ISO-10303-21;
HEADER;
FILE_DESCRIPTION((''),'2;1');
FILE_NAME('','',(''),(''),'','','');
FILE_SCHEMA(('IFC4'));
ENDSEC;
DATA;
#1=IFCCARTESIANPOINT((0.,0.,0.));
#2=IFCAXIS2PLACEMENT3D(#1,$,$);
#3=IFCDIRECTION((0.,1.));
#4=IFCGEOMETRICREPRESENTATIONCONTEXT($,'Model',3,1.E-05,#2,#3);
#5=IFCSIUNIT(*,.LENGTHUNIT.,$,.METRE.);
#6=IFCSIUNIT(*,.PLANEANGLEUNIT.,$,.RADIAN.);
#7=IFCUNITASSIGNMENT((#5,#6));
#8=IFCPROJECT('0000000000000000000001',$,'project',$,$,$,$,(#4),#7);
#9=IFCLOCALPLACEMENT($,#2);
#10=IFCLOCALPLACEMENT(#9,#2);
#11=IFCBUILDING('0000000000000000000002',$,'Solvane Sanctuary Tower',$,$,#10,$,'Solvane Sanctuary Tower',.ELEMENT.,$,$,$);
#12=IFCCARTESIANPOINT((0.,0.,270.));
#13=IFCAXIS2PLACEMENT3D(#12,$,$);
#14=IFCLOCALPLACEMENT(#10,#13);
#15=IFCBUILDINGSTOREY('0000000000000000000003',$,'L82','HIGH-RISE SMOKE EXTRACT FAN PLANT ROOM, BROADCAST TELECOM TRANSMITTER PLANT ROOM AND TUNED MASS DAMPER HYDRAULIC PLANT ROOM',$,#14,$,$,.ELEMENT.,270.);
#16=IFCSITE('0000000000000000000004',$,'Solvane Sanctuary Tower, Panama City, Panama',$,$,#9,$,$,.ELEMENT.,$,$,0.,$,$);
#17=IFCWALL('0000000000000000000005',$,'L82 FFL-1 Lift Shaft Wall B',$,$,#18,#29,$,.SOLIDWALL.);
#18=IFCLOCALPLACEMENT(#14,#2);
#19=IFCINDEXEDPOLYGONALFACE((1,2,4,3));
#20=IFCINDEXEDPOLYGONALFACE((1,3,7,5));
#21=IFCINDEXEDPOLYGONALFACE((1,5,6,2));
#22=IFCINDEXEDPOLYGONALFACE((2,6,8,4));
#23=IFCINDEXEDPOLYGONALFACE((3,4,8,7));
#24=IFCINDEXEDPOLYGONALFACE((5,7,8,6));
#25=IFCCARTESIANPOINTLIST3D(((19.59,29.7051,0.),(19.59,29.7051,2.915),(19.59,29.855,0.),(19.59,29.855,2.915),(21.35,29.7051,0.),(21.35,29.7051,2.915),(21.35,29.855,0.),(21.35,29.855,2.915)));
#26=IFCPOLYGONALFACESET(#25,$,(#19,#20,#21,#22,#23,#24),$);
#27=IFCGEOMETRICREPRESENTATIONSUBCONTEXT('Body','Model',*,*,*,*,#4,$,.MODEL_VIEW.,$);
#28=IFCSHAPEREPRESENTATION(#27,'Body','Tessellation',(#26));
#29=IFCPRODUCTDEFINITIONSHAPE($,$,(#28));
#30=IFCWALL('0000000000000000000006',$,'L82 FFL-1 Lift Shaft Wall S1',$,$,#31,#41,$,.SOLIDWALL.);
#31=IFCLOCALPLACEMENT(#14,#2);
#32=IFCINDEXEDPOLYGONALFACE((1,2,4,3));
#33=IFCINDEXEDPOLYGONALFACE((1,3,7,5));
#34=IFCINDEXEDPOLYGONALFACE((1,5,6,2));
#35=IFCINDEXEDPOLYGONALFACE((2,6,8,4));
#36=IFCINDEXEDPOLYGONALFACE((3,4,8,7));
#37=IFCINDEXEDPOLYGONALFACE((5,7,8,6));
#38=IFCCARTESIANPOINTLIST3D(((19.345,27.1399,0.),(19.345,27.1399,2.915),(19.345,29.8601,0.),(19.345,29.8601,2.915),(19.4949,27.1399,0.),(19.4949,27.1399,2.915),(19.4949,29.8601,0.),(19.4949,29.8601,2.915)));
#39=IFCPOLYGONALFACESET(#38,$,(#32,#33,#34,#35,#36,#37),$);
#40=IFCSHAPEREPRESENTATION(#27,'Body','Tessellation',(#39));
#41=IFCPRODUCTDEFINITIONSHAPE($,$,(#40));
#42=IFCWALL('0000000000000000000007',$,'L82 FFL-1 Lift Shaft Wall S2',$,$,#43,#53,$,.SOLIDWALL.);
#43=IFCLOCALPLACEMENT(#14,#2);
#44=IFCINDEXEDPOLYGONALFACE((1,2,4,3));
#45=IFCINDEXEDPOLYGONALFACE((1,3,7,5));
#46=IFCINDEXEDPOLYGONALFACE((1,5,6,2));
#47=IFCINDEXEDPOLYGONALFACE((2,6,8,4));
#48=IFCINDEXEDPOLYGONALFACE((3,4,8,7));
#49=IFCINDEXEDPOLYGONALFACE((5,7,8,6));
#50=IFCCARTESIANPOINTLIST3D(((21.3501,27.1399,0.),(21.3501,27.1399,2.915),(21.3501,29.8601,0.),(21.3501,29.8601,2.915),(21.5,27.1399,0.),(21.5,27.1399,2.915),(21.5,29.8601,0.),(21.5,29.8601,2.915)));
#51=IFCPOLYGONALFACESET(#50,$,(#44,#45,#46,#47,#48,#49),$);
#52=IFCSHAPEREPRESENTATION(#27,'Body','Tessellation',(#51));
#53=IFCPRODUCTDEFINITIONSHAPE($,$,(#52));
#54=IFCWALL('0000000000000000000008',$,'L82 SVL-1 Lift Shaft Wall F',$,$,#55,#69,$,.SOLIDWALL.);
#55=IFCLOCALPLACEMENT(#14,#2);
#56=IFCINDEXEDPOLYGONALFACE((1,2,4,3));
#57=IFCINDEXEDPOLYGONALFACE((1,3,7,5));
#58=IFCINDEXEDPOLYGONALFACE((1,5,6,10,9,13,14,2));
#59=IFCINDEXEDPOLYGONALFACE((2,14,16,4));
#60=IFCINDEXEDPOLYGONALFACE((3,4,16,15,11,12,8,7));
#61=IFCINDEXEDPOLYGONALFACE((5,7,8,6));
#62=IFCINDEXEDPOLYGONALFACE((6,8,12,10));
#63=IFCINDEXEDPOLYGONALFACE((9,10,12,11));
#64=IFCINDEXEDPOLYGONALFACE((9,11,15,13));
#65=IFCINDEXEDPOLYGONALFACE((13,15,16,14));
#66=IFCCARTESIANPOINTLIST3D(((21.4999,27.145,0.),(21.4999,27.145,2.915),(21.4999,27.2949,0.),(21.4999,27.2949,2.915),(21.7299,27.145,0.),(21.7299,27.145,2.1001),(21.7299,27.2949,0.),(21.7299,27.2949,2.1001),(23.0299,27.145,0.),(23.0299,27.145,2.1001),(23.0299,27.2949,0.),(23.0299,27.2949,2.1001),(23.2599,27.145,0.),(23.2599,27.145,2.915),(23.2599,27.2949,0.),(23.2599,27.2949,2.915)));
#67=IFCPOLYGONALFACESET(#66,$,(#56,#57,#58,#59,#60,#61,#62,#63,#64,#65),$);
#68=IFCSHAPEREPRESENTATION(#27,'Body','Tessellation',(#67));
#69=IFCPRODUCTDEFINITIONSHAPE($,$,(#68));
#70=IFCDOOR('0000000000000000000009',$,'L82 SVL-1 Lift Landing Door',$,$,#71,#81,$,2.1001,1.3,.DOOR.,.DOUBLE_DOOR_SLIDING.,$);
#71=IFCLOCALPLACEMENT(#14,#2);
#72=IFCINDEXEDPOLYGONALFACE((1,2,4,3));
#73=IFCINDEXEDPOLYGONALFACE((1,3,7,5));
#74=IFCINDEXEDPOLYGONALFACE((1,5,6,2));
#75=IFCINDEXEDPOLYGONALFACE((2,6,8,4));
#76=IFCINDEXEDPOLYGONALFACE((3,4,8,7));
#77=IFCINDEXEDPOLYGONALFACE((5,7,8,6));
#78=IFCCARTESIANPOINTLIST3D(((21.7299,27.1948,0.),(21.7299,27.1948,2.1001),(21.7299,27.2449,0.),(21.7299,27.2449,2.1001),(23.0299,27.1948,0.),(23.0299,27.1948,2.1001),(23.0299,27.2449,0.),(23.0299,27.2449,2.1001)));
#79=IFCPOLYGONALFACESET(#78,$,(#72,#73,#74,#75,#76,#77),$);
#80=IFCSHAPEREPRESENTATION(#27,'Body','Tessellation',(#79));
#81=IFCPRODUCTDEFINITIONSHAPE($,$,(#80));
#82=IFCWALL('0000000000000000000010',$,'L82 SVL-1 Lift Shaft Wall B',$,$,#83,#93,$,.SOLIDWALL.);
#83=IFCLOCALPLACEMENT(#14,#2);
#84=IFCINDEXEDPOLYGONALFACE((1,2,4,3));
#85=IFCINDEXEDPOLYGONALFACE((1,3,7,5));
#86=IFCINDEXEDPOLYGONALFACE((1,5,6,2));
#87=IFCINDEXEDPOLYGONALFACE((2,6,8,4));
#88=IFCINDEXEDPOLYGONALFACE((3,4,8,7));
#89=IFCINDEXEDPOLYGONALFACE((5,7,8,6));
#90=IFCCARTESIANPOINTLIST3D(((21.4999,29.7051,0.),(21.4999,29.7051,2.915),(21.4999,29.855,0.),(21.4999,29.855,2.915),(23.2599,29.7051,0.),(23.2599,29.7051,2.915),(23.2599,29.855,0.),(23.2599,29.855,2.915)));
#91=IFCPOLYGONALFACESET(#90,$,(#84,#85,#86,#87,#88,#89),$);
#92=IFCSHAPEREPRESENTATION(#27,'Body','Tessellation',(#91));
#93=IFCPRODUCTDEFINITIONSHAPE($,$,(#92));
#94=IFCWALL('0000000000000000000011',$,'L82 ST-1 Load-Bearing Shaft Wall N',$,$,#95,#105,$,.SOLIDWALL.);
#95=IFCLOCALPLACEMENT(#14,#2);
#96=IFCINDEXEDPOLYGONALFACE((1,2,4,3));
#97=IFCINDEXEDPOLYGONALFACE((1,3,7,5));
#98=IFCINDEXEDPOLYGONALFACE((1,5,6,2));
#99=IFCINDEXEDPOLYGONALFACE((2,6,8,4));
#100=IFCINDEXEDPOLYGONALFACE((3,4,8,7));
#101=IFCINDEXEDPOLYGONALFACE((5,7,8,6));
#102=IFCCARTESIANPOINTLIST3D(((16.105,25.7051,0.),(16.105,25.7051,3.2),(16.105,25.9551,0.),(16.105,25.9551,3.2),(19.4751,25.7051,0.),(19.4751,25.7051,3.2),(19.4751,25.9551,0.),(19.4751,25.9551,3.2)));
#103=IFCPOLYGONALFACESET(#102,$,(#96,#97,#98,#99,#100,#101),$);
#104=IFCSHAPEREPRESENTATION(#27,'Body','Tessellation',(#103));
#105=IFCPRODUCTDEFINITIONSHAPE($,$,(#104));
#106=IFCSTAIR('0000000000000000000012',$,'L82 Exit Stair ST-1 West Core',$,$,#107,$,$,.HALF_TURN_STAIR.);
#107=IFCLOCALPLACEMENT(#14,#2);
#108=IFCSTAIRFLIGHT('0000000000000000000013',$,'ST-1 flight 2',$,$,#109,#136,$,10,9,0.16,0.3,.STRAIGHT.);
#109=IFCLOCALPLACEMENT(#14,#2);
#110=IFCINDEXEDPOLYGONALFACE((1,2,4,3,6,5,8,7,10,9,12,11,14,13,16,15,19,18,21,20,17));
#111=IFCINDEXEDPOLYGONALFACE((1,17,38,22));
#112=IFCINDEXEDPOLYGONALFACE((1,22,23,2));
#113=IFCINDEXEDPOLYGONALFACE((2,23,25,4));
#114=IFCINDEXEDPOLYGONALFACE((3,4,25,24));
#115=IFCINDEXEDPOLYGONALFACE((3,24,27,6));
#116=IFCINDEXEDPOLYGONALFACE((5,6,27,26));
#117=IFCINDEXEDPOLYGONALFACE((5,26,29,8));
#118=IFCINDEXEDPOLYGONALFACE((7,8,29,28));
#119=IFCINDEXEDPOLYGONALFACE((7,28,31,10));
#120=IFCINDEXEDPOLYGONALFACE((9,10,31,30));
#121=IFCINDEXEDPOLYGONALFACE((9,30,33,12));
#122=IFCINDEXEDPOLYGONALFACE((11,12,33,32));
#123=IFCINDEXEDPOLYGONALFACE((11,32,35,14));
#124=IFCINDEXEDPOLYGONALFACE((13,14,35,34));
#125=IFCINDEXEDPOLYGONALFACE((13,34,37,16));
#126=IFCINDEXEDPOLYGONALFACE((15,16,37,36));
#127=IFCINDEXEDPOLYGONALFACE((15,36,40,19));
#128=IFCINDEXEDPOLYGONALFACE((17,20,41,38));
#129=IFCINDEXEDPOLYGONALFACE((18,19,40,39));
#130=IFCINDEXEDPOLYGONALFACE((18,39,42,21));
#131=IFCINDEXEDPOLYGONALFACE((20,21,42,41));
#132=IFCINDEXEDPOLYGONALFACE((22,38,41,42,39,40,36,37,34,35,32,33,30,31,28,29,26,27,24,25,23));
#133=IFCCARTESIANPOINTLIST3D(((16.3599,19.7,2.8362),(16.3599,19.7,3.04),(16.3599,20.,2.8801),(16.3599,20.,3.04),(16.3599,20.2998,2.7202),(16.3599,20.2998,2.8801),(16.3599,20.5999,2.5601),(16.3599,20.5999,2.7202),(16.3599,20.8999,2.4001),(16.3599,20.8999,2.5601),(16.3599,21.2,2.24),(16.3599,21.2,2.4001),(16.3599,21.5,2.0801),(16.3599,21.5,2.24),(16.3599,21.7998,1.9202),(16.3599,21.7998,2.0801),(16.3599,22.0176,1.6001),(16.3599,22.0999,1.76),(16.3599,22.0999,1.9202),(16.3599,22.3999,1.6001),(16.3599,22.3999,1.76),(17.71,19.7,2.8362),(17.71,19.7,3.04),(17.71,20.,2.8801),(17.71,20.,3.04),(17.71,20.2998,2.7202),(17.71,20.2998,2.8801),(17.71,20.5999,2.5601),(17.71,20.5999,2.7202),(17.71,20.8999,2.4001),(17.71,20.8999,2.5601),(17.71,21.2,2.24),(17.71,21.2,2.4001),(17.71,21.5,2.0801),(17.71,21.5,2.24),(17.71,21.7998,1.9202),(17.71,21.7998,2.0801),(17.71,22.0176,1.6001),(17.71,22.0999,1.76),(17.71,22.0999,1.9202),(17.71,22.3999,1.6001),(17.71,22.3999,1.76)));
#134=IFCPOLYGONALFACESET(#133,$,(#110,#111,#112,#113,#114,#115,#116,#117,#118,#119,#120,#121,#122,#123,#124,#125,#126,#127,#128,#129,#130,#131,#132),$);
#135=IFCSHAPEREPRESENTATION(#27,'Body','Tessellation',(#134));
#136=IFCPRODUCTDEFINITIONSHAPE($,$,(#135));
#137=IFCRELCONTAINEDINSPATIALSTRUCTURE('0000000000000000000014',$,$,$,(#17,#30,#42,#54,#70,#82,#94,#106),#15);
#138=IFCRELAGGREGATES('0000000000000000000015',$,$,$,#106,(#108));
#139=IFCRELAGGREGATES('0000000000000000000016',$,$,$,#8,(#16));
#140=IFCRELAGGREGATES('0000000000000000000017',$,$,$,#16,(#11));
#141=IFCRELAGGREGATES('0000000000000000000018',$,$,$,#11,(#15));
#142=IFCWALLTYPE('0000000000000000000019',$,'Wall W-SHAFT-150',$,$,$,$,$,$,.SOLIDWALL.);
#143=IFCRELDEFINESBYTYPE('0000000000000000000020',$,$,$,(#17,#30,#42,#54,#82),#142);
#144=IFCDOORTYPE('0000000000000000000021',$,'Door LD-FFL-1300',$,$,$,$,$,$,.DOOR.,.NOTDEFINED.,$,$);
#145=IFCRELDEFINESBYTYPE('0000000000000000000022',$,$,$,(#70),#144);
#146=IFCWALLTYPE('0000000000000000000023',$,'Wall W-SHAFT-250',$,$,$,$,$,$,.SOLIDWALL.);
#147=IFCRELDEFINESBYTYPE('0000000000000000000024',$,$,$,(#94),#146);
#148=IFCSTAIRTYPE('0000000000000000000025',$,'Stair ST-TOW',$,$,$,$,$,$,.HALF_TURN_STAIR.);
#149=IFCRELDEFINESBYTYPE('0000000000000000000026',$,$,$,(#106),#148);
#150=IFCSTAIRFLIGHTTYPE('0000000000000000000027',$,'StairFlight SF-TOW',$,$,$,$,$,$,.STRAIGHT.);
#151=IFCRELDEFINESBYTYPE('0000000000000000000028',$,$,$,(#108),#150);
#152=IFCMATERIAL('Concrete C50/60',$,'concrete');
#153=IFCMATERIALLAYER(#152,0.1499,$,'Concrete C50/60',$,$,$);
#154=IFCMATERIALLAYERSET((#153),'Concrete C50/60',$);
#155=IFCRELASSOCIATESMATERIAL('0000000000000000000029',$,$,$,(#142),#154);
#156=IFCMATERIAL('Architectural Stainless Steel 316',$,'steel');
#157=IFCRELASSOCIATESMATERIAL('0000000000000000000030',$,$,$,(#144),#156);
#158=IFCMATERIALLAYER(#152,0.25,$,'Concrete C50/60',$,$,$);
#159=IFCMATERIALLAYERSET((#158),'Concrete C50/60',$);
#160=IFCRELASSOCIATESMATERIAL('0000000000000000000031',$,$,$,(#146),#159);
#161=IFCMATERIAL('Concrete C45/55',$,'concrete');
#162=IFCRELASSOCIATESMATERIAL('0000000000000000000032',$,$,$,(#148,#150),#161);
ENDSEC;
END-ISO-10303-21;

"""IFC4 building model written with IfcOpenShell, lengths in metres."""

from ifc_helpers import new_model, si_unit, direction, frame, frame_2d, origin, place, context, subcontext, project, spatial, polyline, rectangle, outline, extrude, material, layer, layer_set, type_object, element, fill, aggregate, save


model = new_model("IFC4")

# Units and contexts
model_context = context("Model", 3, precision=1e-05, world=origin(), true_north=direction((0.0, 1.0)))
body_context = subcontext(model_context, "Body", "Model", "MODEL_VIEW")
ifc_project = project(units=[si_unit("LENGTHUNIT", "METRE"), si_unit("PLANEANGLEUNIT", "RADIAN")], contexts=[model_context])

# Site, building, storey
site_placement = place(None, origin())
site = spatial("IfcSite", under=ifc_project, at=site_placement, Name="Solvane Sanctuary Tower, Panama City, Panama", CompositionType="ELEMENT", RefElevation=0.0)
building_placement = place(site_placement, origin())
building = spatial("IfcBuilding", under=site, at=building_placement, Name="Solvane Sanctuary Tower", LongName="Solvane Sanctuary Tower", CompositionType="ELEMENT")
storey_placement = place(building_placement, frame((0.0, 0.0, 270.0)))
storey = spatial("IfcBuildingStorey", under=building, at=storey_placement, Name="L82", Description="HIGH-RISE SMOKE EXTRACT FAN PLANT ROOM, BROADCAST TELECOM TRANSMITTER PLANT ROOM AND TUNED MASS DAMPER HYDRAULIC PLANT ROOM", CompositionType="ELEMENT", Elevation=270.0)

# Shared definitions
ifc_material_1 = material(Name="Concrete C50/60", Category="concrete")
ifc_layer_1 = layer(ifc_material_1, 0.1499, Name="Concrete C50/60")
ifc_layer_set_1 = layer_set([ifc_layer_1], Name="Concrete C50/60")
wall_type_1 = type_object("IfcWallType", Name="Wall W-SHAFT-150", PredefinedType="SOLIDWALL", material=ifc_layer_set_1)
ifc_material_2 = material(Name="Architectural Stainless Steel 316", Category="steel")
door_type = type_object("IfcDoorType", Name="Door LD-FFL-1300", OperationType="NOTDEFINED", PredefinedType="DOOR", material=ifc_material_2)

# Walls
wall_1_placement = place(storey_placement, frame((19.5901, 29.78, 0.0), z_axis=(0.0, 0.0, 1.0), x_axis=(1.0, 0.0, 0.0)))
element("IfcWall", 1, at=wall_1_placement, inside=storey, type_object=wall_type_1, Name="L82 FFL-1 Lift Shaft Wall B", PredefinedType="SOLIDWALL", context=body_context, shape_type="SweptSolid", body=[
    extrude(rectangle(XDim=1.76, YDim=0.1499, at=frame_2d((0.8799, 0.0))), origin(), (0.0, 0.0, 1.0), 2.915),
])
for number, where, z_axis, x_axis, name in (
    (2, (19.4199, 27.1399, 0.0), (0.0, 0.0, 1.0), (0.0, 1.0, 0.0), "L82 FFL-1 Lift Shaft Wall S1"),
    (3, (21.425, 27.1399, 0.0), (0.0, 0.0, 1.0), (0.0, 1.0, 0.0), "L82 FFL-1 Lift Shaft Wall S2"),
):
    element("IfcWall", number, at=place(storey_placement, frame(where, z_axis=z_axis, x_axis=x_axis)), inside=storey, type_object=wall_type_1, Name=name, PredefinedType="SOLIDWALL", context=body_context, shape_type="SweptSolid", body=[
        extrude(rectangle(XDim=2.7202, YDim=0.1499, at=frame_2d((1.3601, 0.0))), origin(), (0.0, 0.0, 1.0), 2.915),
    ])

# Wall, opening, door
wall_2_placement = place(storey_placement, frame((21.5, 27.22, 0.0), z_axis=(0.0, 0.0, 1.0), x_axis=(1.0, 0.0, 0.0)))
wall_2 = element("IfcWall", 4, at=wall_2_placement, inside=storey, type_object=wall_type_1, Name="L82 SVL-1 Lift Shaft Wall F", PredefinedType="SOLIDWALL", context=body_context, shape_type="SweptSolid", body=[
    extrude(rectangle(XDim=1.76, YDim=0.1499, at=frame_2d((0.8799, 0.0))), origin(), (0.0, 0.0, 1.0), 2.915),
])
opening_1_placement = place(wall_2_placement, frame((0.23, 0.0, 0.0)))
opening_1 = element("IfcOpeningElement", 5, at=opening_1_placement, cuts=wall_2, PredefinedType="OPENING", context=body_context, shape_type="SweptSolid", body=[
    extrude(rectangle(XDim=1.3, YDim=2.1001, at=frame_2d((0.6499, 1.05))), frame((0.0, 0.085, 0.0), z_axis=(0.0, -1.0, 0.0), x_axis=(1.0, 0.0, 0.0)), (0.0, 0.0, 1.0), 0.1699),
])
door_1_placement = place(opening_1_placement, origin())
door_1 = element("IfcDoor", 6, at=door_1_placement, inside=storey, type_object=door_type, Name="L82 SVL-1 Lift Landing Door", OperationType="DOUBLE_DOOR_SLIDING", OverallHeight=2.1001, OverallWidth=1.3, PredefinedType="DOOR", context=body_context, shape_type="SweptSolid", body=[
    extrude(rectangle(XDim=1.3, YDim=2.1001, at=frame_2d((0.6499, 1.05))), frame((0.0, 0.0249, 0.0), z_axis=(0.0, -1.0, 0.0), x_axis=(1.0, 0.0, 0.0)), (0.0, 0.0, 1.0), 0.05),
])
fill(opening_1, door_1)

# Walls
wall_3_placement = place(storey_placement, frame((21.5, 29.78, 0.0), z_axis=(0.0, 0.0, 1.0), x_axis=(1.0, 0.0, 0.0)))
element("IfcWall", 7, at=wall_3_placement, inside=storey, type_object=wall_type_1, Name="L82 SVL-1 Lift Shaft Wall B", PredefinedType="SOLIDWALL", context=body_context, shape_type="SweptSolid", body=[
    extrude(rectangle(XDim=1.76, YDim=0.1499, at=frame_2d((0.8799, 0.0))), origin(), (0.0, 0.0, 1.0), 2.915),
])
ifc_layer_2 = layer(ifc_material_1, 0.25, Name="Concrete C50/60")
ifc_layer_set_2 = layer_set([ifc_layer_2], Name="Concrete C50/60")
wall_type_2 = type_object("IfcWallType", Name="Wall W-SHAFT-250", PredefinedType="SOLIDWALL", material=ifc_layer_set_2)
wall_4_placement = place(storey_placement, frame((16.105, 25.8301, 0.0), z_axis=(0.0, 0.0, 1.0), x_axis=(1.0, 0.0, 0.0)))
element("IfcWall", 8, at=wall_4_placement, inside=storey, type_object=wall_type_2, Name="L82 ST-1 Load-Bearing Shaft Wall N", PredefinedType="SOLIDWALL", context=body_context, shape_type="SweptSolid", body=[
    extrude(rectangle(XDim=3.3701, YDim=0.25, at=frame_2d((1.6851, 0.0))), origin(), (0.0, 0.0, 1.0), 3.2),
])

# Stair, stair flight
ifc_material_3 = material(Name="Concrete C45/55", Category="concrete")
stair_type = type_object("IfcStairType", Name="Stair ST-TOW", PredefinedType="HALF_TURN_STAIR", material=ifc_material_3)
stair_placement = place(storey_placement, origin())
stair = element("IfcStair", 9, at=stair_placement, inside=storey, type_object=stair_type, Name="L82 Exit Stair ST-1 West Core", PredefinedType="HALF_TURN_STAIR")
stair_flight_type = type_object("IfcStairFlightType", Name="StairFlight SF-TOW", PredefinedType="STRAIGHT", material=ifc_material_3)
stair_flight_placement = place(storey_placement, frame((17.0349, 22.3999, 1.6001), z_axis=(0.0, 0.0, 1.0), x_axis=(0.0, -1.0, 0.0)))
stair_flight = element("IfcStairFlight", 10, at=stair_flight_placement, type_object=stair_flight_type, Name="ST-1 flight 2", NumberOfRisers=10, NumberOfTreads=9, PredefinedType="STRAIGHT", RiserHeight=0.16, TreadLength=0.3, context=body_context, shape_type="SweptSolid", body=[
    extrude(outline(polyline([(0.0, 0.0), (0.0, 0.1599), (0.3, 0.1599), (0.3, 0.3201), (0.6001, 0.3201), (0.6001, 0.48), (0.8999, 0.48), (0.8999, 0.6399), (1.2, 0.6399), (1.2, 0.8), (1.5, 0.8), (1.5, 0.96), (1.8, 0.96), (1.8, 1.1201), (2.1001, 1.1201), (2.1001, 1.28), (2.3999, 1.28), (2.3999, 1.4399), (2.7, 1.4399), (2.7, 1.6001), (2.7, 1.2361), (0.3823, 0.0), (0.0, 0.0)])), frame((0.0, 0.675, 0.0), z_axis=(0.0, -1.0, 0.0), x_axis=(1.0, 0.0, 0.0)), (0.0, 0.0, 1.0), 1.3501),
])
aggregate(stair, [stair_flight])

save(model, "model.ifc")
